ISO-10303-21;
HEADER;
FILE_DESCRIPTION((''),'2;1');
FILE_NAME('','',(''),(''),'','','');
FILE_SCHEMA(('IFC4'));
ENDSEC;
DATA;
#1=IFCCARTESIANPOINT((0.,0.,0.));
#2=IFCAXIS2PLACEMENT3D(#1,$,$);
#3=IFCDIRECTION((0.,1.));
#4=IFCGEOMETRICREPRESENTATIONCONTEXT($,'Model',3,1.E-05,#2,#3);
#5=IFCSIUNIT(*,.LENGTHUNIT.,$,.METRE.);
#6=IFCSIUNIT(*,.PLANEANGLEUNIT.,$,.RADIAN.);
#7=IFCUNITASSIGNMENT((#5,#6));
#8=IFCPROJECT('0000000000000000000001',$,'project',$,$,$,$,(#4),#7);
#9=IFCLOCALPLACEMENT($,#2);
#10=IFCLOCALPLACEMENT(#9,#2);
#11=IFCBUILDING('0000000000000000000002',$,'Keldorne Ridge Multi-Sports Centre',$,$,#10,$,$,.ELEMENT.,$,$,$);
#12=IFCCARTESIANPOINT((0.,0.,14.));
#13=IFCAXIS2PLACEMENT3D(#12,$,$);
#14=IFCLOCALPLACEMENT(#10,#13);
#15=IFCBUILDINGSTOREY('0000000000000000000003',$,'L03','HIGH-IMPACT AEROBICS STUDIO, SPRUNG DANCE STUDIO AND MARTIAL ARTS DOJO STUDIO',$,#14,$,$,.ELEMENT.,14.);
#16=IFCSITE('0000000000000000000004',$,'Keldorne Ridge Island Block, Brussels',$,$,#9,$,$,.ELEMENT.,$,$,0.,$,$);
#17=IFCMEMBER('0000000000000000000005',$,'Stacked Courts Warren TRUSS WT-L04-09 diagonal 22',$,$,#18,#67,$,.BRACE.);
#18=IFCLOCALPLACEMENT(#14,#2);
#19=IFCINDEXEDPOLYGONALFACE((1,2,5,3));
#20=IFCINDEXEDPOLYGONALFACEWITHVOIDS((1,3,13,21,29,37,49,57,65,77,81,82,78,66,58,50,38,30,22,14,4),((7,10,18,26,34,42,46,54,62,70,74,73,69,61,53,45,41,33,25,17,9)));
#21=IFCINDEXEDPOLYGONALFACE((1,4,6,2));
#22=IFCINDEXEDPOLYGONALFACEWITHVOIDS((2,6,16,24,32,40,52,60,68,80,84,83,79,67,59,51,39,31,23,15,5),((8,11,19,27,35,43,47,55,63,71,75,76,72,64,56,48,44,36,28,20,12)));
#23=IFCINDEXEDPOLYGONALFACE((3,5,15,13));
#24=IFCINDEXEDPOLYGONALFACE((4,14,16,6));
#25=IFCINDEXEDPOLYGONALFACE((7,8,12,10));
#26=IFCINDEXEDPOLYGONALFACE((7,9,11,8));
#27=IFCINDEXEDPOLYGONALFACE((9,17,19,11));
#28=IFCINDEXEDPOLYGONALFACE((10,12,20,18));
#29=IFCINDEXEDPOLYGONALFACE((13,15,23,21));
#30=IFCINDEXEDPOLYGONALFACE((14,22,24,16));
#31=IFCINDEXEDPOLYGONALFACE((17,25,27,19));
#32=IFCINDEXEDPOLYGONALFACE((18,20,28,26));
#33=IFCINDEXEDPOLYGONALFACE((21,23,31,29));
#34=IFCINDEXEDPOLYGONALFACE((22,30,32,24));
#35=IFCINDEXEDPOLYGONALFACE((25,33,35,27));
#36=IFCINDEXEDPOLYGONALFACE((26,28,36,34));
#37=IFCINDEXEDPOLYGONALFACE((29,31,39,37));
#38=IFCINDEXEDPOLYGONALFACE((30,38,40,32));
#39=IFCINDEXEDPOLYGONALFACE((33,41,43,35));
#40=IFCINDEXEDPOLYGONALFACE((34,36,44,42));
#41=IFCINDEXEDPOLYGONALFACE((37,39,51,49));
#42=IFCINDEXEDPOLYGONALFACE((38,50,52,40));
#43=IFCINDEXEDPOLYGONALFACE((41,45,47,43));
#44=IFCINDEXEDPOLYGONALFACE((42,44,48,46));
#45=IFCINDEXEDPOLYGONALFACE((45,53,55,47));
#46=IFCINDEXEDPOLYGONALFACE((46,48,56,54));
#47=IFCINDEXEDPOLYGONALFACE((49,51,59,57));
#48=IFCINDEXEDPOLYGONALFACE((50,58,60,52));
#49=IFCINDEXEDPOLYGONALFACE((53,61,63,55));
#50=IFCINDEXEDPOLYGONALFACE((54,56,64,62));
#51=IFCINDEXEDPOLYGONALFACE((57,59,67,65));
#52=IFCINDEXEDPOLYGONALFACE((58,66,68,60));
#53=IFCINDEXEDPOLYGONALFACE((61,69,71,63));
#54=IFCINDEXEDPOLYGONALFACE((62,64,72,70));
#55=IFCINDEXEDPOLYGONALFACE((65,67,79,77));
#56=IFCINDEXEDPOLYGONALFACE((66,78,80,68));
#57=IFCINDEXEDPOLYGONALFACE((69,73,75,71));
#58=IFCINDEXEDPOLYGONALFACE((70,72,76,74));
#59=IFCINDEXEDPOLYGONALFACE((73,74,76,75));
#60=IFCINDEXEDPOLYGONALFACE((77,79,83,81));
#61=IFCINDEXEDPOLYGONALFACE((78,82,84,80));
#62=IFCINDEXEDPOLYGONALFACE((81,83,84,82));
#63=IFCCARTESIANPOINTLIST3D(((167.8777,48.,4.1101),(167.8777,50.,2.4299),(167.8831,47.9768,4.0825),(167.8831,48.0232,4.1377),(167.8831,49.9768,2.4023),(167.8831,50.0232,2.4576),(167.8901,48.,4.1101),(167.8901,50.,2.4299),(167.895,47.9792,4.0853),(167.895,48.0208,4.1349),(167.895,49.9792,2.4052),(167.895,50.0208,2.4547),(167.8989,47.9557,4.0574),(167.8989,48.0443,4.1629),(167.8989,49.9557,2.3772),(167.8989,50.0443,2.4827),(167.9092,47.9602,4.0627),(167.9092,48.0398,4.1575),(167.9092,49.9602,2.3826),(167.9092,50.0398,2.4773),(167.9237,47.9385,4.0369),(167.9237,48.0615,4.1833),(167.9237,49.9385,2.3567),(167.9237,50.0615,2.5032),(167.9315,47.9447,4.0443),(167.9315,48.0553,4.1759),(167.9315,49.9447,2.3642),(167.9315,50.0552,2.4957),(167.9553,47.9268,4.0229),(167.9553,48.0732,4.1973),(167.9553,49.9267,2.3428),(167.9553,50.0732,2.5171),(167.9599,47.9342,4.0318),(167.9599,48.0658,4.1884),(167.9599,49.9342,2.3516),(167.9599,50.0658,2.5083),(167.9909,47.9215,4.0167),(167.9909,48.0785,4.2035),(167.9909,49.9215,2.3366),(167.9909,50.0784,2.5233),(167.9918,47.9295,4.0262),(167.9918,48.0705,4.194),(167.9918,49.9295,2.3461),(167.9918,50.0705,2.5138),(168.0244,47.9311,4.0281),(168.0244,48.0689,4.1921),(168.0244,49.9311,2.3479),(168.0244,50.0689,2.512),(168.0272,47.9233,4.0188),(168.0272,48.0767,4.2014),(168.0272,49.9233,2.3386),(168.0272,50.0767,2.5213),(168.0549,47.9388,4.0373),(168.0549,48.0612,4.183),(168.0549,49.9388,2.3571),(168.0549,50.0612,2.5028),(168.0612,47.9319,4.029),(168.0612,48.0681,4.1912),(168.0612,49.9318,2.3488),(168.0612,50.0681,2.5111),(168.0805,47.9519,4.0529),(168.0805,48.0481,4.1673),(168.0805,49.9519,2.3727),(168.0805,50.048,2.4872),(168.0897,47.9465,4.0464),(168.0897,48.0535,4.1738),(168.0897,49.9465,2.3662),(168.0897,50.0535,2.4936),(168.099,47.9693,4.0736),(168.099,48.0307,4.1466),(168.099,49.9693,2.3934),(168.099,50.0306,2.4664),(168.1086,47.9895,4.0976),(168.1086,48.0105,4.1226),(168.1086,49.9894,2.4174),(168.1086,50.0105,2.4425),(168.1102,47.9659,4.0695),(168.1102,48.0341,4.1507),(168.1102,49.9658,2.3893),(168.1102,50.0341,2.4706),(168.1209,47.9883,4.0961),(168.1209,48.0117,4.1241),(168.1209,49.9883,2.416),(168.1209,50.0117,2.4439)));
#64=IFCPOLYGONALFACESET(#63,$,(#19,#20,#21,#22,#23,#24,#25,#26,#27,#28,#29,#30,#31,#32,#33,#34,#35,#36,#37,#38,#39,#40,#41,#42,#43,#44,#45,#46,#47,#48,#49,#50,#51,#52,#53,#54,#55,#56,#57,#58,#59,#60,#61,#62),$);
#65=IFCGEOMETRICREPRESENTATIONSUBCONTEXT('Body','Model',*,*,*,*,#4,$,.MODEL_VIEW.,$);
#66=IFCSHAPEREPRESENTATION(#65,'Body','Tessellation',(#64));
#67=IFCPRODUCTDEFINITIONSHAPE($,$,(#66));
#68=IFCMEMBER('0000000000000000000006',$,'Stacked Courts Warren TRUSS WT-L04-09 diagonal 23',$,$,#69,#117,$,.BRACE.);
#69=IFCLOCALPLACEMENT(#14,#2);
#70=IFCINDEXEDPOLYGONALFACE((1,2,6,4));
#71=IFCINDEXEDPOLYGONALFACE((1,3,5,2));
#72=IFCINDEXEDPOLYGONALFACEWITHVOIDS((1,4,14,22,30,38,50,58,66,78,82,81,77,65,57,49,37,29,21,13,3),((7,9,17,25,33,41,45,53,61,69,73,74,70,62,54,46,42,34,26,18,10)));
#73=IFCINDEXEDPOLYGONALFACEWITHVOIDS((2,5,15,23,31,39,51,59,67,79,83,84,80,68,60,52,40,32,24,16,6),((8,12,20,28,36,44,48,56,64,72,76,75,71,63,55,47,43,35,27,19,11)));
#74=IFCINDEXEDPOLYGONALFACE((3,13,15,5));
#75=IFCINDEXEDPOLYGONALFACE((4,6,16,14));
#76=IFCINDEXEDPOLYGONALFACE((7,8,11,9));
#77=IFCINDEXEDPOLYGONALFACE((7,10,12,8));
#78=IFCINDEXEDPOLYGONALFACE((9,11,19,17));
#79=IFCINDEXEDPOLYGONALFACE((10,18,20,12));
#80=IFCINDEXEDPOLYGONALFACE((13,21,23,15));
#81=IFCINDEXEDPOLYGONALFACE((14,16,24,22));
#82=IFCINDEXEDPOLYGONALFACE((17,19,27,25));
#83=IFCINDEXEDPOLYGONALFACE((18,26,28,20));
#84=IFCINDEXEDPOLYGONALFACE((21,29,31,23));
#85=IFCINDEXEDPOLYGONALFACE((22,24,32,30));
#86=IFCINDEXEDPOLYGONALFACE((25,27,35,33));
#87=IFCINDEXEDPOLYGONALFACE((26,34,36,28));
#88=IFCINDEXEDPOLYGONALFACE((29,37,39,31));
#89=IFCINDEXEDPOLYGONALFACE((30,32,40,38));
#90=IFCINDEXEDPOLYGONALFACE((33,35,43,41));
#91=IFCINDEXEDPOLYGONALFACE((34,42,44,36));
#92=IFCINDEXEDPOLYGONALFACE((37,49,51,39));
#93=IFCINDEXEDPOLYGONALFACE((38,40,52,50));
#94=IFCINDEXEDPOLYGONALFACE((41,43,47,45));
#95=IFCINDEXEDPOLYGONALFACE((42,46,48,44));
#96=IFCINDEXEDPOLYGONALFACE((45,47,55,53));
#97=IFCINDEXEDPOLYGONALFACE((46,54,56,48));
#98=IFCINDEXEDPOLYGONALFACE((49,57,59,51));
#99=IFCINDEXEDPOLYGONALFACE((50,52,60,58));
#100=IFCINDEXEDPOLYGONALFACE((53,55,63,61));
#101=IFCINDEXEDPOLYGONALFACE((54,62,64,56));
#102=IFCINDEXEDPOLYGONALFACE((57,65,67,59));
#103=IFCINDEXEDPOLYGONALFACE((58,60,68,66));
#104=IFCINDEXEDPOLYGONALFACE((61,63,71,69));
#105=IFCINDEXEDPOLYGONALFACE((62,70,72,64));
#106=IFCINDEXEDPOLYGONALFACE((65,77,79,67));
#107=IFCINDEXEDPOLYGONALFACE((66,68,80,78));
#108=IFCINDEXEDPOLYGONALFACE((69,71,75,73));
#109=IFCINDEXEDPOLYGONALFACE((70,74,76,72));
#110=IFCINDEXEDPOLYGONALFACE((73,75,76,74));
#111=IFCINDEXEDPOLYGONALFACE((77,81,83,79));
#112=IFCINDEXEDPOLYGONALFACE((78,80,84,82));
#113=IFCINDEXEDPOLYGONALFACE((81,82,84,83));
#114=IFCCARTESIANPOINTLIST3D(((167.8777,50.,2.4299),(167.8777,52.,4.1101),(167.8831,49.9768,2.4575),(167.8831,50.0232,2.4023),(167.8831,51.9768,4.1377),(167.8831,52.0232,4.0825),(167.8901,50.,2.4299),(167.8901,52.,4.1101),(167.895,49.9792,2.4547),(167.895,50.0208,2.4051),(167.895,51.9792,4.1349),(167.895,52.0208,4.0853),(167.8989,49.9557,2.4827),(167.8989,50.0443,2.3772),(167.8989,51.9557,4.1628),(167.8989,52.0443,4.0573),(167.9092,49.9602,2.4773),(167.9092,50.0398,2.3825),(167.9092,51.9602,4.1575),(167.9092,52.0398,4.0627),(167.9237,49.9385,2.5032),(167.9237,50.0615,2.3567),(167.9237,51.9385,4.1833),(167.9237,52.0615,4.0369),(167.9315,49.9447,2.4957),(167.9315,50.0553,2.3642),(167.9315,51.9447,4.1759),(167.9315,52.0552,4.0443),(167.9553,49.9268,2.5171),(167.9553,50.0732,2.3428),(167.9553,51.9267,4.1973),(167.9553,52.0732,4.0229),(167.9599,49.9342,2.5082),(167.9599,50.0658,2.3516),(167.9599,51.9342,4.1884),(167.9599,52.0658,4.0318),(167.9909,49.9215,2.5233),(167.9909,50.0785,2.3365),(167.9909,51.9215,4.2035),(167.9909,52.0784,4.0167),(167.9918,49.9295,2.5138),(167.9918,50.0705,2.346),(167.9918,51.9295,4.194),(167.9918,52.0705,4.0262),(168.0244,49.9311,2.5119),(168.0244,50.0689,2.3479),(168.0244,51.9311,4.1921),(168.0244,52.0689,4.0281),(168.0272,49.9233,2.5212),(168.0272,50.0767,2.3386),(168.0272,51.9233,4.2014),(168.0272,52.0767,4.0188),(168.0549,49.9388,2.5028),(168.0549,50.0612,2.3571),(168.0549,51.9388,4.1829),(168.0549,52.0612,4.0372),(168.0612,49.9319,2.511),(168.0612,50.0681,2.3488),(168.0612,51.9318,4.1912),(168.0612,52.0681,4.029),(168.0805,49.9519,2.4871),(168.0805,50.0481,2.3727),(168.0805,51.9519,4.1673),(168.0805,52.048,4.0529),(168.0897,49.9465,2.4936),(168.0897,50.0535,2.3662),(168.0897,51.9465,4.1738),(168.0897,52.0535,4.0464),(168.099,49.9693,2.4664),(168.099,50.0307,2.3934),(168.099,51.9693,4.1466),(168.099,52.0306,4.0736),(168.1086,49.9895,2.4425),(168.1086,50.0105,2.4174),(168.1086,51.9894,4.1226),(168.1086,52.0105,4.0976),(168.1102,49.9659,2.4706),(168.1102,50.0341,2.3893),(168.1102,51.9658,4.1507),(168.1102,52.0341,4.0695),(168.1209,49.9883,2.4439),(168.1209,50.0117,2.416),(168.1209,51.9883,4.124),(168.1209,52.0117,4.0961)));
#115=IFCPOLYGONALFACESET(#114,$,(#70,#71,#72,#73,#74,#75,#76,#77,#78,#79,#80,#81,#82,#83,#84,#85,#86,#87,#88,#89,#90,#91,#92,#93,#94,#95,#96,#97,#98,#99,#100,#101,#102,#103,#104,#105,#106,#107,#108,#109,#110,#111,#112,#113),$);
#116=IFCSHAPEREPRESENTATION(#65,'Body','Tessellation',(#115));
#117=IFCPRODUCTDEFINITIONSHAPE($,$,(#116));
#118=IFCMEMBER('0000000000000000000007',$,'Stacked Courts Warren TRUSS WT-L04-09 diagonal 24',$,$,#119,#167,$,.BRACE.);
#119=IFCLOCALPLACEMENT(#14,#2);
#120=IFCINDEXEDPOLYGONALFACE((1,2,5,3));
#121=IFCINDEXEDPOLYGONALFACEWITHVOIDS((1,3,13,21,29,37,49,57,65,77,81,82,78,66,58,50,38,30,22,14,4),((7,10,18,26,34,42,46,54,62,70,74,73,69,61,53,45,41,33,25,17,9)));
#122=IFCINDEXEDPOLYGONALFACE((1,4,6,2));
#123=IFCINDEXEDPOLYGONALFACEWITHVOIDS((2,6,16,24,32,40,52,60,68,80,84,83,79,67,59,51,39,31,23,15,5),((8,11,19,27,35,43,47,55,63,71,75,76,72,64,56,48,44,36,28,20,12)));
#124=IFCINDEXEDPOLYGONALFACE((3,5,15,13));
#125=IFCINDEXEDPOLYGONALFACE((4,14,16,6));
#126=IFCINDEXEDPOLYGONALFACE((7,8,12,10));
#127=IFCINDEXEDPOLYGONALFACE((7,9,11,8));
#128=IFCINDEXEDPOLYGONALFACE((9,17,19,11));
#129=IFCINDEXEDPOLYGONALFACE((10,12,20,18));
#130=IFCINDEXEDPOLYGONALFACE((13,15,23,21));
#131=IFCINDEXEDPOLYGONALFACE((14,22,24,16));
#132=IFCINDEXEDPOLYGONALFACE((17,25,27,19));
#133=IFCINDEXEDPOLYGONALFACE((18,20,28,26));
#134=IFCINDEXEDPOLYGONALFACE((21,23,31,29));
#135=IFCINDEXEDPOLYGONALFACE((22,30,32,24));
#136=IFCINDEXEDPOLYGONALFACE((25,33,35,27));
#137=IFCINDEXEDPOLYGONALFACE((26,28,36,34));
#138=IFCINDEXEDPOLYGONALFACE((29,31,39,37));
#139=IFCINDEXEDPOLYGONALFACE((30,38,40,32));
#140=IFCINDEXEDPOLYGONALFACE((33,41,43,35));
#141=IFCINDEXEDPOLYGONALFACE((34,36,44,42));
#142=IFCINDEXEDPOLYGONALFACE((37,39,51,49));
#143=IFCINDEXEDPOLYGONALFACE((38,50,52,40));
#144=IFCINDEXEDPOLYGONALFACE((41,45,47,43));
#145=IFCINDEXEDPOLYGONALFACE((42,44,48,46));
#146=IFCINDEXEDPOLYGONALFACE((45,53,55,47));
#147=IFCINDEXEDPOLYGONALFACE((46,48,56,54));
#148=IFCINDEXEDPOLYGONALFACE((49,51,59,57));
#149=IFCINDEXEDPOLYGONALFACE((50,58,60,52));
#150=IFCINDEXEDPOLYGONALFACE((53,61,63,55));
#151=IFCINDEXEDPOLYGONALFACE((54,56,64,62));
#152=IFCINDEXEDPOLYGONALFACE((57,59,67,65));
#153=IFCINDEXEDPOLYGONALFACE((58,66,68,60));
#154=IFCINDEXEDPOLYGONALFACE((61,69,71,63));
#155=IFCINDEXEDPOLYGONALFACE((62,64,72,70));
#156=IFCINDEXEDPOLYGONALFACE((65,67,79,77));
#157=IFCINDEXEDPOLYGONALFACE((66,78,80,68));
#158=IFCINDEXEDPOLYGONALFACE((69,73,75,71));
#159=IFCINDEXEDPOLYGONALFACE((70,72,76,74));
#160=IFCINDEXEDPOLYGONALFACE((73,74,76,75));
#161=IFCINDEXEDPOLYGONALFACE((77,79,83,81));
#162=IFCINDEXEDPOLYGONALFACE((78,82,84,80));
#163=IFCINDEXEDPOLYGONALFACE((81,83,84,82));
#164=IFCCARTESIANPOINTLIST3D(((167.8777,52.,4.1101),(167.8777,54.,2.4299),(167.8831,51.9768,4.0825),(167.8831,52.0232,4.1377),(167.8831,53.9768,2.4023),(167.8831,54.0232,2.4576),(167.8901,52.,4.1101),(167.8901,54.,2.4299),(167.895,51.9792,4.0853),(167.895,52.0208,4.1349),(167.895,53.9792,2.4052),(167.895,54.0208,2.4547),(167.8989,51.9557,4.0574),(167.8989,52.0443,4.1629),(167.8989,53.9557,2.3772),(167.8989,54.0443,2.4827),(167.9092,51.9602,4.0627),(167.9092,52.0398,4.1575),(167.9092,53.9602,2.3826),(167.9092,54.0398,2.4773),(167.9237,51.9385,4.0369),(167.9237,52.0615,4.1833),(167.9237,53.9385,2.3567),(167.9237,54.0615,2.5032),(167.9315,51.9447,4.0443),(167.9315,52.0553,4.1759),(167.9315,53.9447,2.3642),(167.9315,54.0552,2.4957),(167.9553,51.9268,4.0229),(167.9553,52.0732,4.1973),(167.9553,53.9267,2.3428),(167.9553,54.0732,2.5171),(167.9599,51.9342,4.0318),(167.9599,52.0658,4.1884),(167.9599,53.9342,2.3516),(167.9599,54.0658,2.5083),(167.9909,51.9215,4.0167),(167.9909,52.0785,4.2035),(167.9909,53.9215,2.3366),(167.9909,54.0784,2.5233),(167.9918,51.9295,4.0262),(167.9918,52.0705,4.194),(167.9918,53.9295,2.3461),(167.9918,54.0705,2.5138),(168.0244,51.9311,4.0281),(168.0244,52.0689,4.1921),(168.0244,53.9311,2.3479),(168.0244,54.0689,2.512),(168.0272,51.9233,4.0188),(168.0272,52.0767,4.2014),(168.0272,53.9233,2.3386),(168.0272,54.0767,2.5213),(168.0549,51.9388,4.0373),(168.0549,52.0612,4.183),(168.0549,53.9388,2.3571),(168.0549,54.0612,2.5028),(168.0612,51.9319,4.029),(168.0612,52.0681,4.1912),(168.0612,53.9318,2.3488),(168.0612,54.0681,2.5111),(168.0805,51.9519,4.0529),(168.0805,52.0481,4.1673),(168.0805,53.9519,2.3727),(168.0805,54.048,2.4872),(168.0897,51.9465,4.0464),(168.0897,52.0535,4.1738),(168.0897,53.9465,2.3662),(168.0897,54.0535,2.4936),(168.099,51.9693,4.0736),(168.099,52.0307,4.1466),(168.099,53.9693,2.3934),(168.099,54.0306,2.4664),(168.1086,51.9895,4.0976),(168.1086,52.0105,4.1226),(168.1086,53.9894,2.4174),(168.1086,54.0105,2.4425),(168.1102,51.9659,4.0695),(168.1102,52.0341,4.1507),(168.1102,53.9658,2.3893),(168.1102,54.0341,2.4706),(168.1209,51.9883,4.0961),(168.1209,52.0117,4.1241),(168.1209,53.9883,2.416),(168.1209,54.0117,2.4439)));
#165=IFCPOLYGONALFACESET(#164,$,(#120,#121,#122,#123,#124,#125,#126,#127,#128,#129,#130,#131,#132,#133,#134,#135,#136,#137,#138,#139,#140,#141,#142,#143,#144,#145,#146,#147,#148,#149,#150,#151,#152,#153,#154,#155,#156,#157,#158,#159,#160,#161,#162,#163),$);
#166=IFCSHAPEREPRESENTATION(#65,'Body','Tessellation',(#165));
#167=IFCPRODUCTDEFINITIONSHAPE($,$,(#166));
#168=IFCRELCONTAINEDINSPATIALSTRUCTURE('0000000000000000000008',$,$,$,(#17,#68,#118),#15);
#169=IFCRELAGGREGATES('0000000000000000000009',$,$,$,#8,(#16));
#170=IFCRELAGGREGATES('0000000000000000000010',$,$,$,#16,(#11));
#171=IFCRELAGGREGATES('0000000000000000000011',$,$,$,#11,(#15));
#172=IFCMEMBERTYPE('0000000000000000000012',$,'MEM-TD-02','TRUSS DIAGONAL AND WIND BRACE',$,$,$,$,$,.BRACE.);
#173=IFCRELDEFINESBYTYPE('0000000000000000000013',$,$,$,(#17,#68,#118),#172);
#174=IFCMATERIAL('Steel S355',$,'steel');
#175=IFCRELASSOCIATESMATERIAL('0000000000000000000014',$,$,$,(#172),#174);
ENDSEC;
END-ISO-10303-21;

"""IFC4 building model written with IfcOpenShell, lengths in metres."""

from ifc_helpers import new_model, si_unit, direction, frame, origin, origin_2d, place, context, subcontext, project, spatial, hollow_circle, extrude, material, material_profile, profile_set, type_object, element, save


model = new_model("IFC4")

# Units and contexts
model_context = context("Model", 3, precision=1e-05, world=origin(), true_north=direction((0.0, 1.0)))
body_context = subcontext(model_context, "Body", "Model", "MODEL_VIEW")
ifc_project = project(units=[si_unit("LENGTHUNIT", "METRE"), si_unit("PLANEANGLEUNIT", "RADIAN")], contexts=[model_context])

# Site, building, storey
site_placement = place(None, origin())
site = spatial("IfcSite", under=ifc_project, at=site_placement, Name="Keldorne Ridge Island Block, Brussels", CompositionType="ELEMENT", RefElevation=0.0)
building_placement = place(site_placement, origin())
building = spatial("IfcBuilding", under=site, at=building_placement, Name="Keldorne Ridge Multi-Sports Centre", CompositionType="ELEMENT")
storey_placement = place(building_placement, frame((0.0, 0.0, 14.0)))
storey = spatial("IfcBuildingStorey", under=building, at=storey_placement, Name="L03", Description="HIGH-IMPACT AEROBICS STUDIO, SPRUNG DANCE STUDIO AND MARTIAL ARTS DOJO STUDIO", CompositionType="ELEMENT", Elevation=14.0)

# Shared definitions
ifc_material_1 = material(Name="Steel S355", Category="steel")

# Members
ifc_material_profile_1 = material_profile(ifc_material_1, hollow_circle(Radius=0.1223, WallThickness=0.0125, at=origin_2d()), Name="CHS 244.5x12.5")
ifc_profile_set_1 = profile_set([ifc_material_profile_1], Name="Steel S355")
member_type_1 = type_object("IfcMemberType", Name="MEM-TD-02", Description="TRUSS DIAGONAL AND WIND BRACE", PredefinedType="BRACE", material=ifc_profile_set_1)
for number, where, z_axis, x_axis, name in (
    (1, (168.0, 48.0, 4.1101), (0.0, 0.765672, -0.643232), (-1.0, 0.0, 0.0), "Stacked Courts Warren TRUSS WT-L04-09 diagonal 22"),
    (2, (168.0, 50.0, 2.4299), (0.0, 0.765672, 0.643232), (-1.0, 0.0, 0.0), "Stacked Courts Warren TRUSS WT-L04-09 diagonal 23"),
    (3, (168.0, 52.0, 4.1101), (0.0, 0.765672, -0.643232), (-1.0, 0.0, 0.0), "Stacked Courts Warren TRUSS WT-L04-09 diagonal 24"),
):
    element("IfcMember", number, at=place(storey_placement, frame(where, z_axis=z_axis, x_axis=x_axis)), inside=storey, type_object=member_type_1, Name=name, PredefinedType="BRACE", context=body_context, shape_type="SweptSolid", body=[
        extrude(hollow_circle(Radius=0.1223, WallThickness=0.0125, at=origin_2d()), origin(), (0.0, 0.0, 1.0), 2.6121),
    ])

save(model, "model.ifc")
